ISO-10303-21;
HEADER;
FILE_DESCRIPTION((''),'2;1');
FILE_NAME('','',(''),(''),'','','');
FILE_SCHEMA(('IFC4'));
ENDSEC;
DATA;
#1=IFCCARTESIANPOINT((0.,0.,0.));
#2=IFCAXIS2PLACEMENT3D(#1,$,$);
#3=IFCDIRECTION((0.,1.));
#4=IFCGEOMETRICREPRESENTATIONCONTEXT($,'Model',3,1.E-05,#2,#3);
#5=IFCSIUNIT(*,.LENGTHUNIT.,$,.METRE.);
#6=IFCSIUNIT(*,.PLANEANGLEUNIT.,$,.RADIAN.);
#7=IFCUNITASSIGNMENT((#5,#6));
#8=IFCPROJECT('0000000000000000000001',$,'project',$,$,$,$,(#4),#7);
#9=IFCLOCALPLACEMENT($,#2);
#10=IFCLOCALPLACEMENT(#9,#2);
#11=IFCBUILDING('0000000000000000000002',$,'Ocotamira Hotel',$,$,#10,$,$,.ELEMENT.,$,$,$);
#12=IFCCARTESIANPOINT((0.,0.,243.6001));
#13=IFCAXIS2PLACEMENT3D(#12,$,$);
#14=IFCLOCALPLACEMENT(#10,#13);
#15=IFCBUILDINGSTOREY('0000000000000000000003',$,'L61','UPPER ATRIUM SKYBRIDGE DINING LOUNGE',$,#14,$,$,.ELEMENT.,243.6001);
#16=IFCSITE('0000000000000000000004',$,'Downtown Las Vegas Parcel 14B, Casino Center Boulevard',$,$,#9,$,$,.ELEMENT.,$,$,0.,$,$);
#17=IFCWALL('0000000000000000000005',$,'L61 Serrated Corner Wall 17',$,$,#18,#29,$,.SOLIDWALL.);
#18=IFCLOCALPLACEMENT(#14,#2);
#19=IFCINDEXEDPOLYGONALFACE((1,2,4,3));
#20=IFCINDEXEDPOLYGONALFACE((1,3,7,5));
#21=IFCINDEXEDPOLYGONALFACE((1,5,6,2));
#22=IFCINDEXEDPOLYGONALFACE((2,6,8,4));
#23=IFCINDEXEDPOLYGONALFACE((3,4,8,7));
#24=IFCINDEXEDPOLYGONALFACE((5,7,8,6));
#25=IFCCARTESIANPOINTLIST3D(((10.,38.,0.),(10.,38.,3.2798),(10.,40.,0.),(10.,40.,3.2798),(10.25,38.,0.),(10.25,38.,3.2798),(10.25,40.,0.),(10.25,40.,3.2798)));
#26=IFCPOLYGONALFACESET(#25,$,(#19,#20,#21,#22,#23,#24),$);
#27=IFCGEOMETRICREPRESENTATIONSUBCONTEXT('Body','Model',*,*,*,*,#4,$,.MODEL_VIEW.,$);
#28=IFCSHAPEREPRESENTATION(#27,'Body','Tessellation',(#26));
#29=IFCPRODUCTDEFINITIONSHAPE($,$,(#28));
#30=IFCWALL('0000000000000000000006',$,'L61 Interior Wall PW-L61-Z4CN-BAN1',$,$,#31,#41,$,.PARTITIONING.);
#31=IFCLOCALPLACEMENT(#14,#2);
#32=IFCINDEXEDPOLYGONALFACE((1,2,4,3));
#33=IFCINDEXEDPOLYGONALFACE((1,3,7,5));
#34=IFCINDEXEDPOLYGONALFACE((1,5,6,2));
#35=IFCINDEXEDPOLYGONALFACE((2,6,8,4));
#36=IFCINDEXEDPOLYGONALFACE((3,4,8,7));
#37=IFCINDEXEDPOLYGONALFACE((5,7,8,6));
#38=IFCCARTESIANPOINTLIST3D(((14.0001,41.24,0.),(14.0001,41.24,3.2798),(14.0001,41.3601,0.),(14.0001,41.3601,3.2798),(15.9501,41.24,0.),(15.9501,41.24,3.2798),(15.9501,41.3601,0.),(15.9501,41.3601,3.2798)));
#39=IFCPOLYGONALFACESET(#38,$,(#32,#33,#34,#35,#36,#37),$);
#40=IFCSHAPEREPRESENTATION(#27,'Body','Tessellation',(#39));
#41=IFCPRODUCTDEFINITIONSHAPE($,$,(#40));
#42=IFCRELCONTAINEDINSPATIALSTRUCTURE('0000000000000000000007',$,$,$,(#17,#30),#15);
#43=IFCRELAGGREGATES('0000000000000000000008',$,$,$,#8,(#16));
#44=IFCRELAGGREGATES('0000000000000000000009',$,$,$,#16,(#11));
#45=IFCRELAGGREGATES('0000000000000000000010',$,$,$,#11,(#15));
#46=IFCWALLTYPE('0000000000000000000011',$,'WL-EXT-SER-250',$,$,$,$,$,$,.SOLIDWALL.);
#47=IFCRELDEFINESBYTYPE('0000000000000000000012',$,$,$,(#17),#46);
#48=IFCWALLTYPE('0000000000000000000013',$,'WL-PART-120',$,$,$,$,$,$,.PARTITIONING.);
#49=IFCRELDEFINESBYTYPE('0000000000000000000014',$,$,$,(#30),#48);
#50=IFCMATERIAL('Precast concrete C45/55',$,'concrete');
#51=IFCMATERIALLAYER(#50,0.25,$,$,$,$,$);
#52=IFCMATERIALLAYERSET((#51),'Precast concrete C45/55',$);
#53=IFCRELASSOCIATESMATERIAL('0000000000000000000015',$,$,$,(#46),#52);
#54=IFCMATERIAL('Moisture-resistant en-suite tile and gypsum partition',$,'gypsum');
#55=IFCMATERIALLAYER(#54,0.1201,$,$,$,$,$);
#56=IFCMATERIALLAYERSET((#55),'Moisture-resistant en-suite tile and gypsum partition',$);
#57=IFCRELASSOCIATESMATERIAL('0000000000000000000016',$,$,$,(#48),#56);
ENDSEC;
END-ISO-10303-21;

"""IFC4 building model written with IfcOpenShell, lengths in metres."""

from ifc_helpers import new_model, si_unit, direction, frame, frame_2d, origin, place, context, subcontext, project, spatial, rectangle, extrude, material, layer, layer_set, type_object, element, save


model = new_model("IFC4")

# Units and contexts
model_context = context("Model", 3, precision=1e-05, world=origin(), true_north=direction((0.0, 1.0)))
body_context = subcontext(model_context, "Body", "Model", "MODEL_VIEW")
ifc_project = project(units=[si_unit("LENGTHUNIT", "METRE"), si_unit("PLANEANGLEUNIT", "RADIAN")], contexts=[model_context])

# Site, building, storey
site_placement = place(None, origin())
site = spatial("IfcSite", under=ifc_project, at=site_placement, Name="Downtown Las Vegas Parcel 14B, Casino Center Boulevard", CompositionType="ELEMENT", RefElevation=0.0)
building_placement = place(site_placement, origin())
building = spatial("IfcBuilding", under=site, at=building_placement, Name="Ocotamira Hotel", CompositionType="ELEMENT")
storey_placement = place(building_placement, frame((0.0, 0.0, 243.6001)))
storey = spatial("IfcBuildingStorey", under=building, at=storey_placement, Name="L61", Description="UPPER ATRIUM SKYBRIDGE DINING LOUNGE", CompositionType="ELEMENT", Elevation=243.6001)

# Shared definitions
ifc_material_1 = material(Name="Precast concrete C45/55", Category="concrete")
ifc_layer_1 = layer(ifc_material_1, 0.25)
ifc_layer_set_1 = layer_set([ifc_layer_1], Name="Precast concrete C45/55")
wall_type_1 = type_object("IfcWallType", Name="WL-EXT-SER-250", PredefinedType="SOLIDWALL", material=ifc_layer_set_1)

# Walls
wall_1_placement = place(storey_placement, frame((10.125, 40.0, 0.0), z_axis=(0.0, 0.0, 1.0), x_axis=(0.0, -1.0, 0.0)))
element("IfcWall", 1, at=wall_1_placement, inside=storey, type_object=wall_type_1, Name="L61 Serrated Corner Wall 17", PredefinedType="SOLIDWALL", context=body_context, shape_type="SweptSolid", body=[
    extrude(rectangle(XDim=2.0, YDim=0.25, at=frame_2d((1.0, 0.0))), origin(), (0.0, 0.0, 1.0), 3.2798),
])
ifc_material_2 = material(Name="Moisture-resistant en-suite tile and gypsum partition", Category="gypsum")
ifc_layer_2 = layer(ifc_material_2, 0.1201)
ifc_layer_set_2 = layer_set([ifc_layer_2], Name="Moisture-resistant en-suite tile and gypsum partition")
wall_type_2 = type_object("IfcWallType", Name="WL-PART-120", PredefinedType="PARTITIONING", material=ifc_layer_set_2)
wall_2_placement = place(storey_placement, frame((14.0, 41.3, 0.0), z_axis=(0.0, 0.0, 1.0), x_axis=(1.0, 0.0, 0.0)))
element("IfcWall", 2, at=wall_2_placement, inside=storey, type_object=wall_type_2, Name="L61 Interior Wall PW-L61-Z4CN-BAN1", PredefinedType="PARTITIONING", context=body_context, shape_type="SweptSolid", body=[
    extrude(rectangle(XDim=1.95, YDim=0.1201, at=frame_2d((0.9751, 0.0))), origin(), (0.0, 0.0, 1.0), 3.2798),
])

save(model, "model.ifc")
